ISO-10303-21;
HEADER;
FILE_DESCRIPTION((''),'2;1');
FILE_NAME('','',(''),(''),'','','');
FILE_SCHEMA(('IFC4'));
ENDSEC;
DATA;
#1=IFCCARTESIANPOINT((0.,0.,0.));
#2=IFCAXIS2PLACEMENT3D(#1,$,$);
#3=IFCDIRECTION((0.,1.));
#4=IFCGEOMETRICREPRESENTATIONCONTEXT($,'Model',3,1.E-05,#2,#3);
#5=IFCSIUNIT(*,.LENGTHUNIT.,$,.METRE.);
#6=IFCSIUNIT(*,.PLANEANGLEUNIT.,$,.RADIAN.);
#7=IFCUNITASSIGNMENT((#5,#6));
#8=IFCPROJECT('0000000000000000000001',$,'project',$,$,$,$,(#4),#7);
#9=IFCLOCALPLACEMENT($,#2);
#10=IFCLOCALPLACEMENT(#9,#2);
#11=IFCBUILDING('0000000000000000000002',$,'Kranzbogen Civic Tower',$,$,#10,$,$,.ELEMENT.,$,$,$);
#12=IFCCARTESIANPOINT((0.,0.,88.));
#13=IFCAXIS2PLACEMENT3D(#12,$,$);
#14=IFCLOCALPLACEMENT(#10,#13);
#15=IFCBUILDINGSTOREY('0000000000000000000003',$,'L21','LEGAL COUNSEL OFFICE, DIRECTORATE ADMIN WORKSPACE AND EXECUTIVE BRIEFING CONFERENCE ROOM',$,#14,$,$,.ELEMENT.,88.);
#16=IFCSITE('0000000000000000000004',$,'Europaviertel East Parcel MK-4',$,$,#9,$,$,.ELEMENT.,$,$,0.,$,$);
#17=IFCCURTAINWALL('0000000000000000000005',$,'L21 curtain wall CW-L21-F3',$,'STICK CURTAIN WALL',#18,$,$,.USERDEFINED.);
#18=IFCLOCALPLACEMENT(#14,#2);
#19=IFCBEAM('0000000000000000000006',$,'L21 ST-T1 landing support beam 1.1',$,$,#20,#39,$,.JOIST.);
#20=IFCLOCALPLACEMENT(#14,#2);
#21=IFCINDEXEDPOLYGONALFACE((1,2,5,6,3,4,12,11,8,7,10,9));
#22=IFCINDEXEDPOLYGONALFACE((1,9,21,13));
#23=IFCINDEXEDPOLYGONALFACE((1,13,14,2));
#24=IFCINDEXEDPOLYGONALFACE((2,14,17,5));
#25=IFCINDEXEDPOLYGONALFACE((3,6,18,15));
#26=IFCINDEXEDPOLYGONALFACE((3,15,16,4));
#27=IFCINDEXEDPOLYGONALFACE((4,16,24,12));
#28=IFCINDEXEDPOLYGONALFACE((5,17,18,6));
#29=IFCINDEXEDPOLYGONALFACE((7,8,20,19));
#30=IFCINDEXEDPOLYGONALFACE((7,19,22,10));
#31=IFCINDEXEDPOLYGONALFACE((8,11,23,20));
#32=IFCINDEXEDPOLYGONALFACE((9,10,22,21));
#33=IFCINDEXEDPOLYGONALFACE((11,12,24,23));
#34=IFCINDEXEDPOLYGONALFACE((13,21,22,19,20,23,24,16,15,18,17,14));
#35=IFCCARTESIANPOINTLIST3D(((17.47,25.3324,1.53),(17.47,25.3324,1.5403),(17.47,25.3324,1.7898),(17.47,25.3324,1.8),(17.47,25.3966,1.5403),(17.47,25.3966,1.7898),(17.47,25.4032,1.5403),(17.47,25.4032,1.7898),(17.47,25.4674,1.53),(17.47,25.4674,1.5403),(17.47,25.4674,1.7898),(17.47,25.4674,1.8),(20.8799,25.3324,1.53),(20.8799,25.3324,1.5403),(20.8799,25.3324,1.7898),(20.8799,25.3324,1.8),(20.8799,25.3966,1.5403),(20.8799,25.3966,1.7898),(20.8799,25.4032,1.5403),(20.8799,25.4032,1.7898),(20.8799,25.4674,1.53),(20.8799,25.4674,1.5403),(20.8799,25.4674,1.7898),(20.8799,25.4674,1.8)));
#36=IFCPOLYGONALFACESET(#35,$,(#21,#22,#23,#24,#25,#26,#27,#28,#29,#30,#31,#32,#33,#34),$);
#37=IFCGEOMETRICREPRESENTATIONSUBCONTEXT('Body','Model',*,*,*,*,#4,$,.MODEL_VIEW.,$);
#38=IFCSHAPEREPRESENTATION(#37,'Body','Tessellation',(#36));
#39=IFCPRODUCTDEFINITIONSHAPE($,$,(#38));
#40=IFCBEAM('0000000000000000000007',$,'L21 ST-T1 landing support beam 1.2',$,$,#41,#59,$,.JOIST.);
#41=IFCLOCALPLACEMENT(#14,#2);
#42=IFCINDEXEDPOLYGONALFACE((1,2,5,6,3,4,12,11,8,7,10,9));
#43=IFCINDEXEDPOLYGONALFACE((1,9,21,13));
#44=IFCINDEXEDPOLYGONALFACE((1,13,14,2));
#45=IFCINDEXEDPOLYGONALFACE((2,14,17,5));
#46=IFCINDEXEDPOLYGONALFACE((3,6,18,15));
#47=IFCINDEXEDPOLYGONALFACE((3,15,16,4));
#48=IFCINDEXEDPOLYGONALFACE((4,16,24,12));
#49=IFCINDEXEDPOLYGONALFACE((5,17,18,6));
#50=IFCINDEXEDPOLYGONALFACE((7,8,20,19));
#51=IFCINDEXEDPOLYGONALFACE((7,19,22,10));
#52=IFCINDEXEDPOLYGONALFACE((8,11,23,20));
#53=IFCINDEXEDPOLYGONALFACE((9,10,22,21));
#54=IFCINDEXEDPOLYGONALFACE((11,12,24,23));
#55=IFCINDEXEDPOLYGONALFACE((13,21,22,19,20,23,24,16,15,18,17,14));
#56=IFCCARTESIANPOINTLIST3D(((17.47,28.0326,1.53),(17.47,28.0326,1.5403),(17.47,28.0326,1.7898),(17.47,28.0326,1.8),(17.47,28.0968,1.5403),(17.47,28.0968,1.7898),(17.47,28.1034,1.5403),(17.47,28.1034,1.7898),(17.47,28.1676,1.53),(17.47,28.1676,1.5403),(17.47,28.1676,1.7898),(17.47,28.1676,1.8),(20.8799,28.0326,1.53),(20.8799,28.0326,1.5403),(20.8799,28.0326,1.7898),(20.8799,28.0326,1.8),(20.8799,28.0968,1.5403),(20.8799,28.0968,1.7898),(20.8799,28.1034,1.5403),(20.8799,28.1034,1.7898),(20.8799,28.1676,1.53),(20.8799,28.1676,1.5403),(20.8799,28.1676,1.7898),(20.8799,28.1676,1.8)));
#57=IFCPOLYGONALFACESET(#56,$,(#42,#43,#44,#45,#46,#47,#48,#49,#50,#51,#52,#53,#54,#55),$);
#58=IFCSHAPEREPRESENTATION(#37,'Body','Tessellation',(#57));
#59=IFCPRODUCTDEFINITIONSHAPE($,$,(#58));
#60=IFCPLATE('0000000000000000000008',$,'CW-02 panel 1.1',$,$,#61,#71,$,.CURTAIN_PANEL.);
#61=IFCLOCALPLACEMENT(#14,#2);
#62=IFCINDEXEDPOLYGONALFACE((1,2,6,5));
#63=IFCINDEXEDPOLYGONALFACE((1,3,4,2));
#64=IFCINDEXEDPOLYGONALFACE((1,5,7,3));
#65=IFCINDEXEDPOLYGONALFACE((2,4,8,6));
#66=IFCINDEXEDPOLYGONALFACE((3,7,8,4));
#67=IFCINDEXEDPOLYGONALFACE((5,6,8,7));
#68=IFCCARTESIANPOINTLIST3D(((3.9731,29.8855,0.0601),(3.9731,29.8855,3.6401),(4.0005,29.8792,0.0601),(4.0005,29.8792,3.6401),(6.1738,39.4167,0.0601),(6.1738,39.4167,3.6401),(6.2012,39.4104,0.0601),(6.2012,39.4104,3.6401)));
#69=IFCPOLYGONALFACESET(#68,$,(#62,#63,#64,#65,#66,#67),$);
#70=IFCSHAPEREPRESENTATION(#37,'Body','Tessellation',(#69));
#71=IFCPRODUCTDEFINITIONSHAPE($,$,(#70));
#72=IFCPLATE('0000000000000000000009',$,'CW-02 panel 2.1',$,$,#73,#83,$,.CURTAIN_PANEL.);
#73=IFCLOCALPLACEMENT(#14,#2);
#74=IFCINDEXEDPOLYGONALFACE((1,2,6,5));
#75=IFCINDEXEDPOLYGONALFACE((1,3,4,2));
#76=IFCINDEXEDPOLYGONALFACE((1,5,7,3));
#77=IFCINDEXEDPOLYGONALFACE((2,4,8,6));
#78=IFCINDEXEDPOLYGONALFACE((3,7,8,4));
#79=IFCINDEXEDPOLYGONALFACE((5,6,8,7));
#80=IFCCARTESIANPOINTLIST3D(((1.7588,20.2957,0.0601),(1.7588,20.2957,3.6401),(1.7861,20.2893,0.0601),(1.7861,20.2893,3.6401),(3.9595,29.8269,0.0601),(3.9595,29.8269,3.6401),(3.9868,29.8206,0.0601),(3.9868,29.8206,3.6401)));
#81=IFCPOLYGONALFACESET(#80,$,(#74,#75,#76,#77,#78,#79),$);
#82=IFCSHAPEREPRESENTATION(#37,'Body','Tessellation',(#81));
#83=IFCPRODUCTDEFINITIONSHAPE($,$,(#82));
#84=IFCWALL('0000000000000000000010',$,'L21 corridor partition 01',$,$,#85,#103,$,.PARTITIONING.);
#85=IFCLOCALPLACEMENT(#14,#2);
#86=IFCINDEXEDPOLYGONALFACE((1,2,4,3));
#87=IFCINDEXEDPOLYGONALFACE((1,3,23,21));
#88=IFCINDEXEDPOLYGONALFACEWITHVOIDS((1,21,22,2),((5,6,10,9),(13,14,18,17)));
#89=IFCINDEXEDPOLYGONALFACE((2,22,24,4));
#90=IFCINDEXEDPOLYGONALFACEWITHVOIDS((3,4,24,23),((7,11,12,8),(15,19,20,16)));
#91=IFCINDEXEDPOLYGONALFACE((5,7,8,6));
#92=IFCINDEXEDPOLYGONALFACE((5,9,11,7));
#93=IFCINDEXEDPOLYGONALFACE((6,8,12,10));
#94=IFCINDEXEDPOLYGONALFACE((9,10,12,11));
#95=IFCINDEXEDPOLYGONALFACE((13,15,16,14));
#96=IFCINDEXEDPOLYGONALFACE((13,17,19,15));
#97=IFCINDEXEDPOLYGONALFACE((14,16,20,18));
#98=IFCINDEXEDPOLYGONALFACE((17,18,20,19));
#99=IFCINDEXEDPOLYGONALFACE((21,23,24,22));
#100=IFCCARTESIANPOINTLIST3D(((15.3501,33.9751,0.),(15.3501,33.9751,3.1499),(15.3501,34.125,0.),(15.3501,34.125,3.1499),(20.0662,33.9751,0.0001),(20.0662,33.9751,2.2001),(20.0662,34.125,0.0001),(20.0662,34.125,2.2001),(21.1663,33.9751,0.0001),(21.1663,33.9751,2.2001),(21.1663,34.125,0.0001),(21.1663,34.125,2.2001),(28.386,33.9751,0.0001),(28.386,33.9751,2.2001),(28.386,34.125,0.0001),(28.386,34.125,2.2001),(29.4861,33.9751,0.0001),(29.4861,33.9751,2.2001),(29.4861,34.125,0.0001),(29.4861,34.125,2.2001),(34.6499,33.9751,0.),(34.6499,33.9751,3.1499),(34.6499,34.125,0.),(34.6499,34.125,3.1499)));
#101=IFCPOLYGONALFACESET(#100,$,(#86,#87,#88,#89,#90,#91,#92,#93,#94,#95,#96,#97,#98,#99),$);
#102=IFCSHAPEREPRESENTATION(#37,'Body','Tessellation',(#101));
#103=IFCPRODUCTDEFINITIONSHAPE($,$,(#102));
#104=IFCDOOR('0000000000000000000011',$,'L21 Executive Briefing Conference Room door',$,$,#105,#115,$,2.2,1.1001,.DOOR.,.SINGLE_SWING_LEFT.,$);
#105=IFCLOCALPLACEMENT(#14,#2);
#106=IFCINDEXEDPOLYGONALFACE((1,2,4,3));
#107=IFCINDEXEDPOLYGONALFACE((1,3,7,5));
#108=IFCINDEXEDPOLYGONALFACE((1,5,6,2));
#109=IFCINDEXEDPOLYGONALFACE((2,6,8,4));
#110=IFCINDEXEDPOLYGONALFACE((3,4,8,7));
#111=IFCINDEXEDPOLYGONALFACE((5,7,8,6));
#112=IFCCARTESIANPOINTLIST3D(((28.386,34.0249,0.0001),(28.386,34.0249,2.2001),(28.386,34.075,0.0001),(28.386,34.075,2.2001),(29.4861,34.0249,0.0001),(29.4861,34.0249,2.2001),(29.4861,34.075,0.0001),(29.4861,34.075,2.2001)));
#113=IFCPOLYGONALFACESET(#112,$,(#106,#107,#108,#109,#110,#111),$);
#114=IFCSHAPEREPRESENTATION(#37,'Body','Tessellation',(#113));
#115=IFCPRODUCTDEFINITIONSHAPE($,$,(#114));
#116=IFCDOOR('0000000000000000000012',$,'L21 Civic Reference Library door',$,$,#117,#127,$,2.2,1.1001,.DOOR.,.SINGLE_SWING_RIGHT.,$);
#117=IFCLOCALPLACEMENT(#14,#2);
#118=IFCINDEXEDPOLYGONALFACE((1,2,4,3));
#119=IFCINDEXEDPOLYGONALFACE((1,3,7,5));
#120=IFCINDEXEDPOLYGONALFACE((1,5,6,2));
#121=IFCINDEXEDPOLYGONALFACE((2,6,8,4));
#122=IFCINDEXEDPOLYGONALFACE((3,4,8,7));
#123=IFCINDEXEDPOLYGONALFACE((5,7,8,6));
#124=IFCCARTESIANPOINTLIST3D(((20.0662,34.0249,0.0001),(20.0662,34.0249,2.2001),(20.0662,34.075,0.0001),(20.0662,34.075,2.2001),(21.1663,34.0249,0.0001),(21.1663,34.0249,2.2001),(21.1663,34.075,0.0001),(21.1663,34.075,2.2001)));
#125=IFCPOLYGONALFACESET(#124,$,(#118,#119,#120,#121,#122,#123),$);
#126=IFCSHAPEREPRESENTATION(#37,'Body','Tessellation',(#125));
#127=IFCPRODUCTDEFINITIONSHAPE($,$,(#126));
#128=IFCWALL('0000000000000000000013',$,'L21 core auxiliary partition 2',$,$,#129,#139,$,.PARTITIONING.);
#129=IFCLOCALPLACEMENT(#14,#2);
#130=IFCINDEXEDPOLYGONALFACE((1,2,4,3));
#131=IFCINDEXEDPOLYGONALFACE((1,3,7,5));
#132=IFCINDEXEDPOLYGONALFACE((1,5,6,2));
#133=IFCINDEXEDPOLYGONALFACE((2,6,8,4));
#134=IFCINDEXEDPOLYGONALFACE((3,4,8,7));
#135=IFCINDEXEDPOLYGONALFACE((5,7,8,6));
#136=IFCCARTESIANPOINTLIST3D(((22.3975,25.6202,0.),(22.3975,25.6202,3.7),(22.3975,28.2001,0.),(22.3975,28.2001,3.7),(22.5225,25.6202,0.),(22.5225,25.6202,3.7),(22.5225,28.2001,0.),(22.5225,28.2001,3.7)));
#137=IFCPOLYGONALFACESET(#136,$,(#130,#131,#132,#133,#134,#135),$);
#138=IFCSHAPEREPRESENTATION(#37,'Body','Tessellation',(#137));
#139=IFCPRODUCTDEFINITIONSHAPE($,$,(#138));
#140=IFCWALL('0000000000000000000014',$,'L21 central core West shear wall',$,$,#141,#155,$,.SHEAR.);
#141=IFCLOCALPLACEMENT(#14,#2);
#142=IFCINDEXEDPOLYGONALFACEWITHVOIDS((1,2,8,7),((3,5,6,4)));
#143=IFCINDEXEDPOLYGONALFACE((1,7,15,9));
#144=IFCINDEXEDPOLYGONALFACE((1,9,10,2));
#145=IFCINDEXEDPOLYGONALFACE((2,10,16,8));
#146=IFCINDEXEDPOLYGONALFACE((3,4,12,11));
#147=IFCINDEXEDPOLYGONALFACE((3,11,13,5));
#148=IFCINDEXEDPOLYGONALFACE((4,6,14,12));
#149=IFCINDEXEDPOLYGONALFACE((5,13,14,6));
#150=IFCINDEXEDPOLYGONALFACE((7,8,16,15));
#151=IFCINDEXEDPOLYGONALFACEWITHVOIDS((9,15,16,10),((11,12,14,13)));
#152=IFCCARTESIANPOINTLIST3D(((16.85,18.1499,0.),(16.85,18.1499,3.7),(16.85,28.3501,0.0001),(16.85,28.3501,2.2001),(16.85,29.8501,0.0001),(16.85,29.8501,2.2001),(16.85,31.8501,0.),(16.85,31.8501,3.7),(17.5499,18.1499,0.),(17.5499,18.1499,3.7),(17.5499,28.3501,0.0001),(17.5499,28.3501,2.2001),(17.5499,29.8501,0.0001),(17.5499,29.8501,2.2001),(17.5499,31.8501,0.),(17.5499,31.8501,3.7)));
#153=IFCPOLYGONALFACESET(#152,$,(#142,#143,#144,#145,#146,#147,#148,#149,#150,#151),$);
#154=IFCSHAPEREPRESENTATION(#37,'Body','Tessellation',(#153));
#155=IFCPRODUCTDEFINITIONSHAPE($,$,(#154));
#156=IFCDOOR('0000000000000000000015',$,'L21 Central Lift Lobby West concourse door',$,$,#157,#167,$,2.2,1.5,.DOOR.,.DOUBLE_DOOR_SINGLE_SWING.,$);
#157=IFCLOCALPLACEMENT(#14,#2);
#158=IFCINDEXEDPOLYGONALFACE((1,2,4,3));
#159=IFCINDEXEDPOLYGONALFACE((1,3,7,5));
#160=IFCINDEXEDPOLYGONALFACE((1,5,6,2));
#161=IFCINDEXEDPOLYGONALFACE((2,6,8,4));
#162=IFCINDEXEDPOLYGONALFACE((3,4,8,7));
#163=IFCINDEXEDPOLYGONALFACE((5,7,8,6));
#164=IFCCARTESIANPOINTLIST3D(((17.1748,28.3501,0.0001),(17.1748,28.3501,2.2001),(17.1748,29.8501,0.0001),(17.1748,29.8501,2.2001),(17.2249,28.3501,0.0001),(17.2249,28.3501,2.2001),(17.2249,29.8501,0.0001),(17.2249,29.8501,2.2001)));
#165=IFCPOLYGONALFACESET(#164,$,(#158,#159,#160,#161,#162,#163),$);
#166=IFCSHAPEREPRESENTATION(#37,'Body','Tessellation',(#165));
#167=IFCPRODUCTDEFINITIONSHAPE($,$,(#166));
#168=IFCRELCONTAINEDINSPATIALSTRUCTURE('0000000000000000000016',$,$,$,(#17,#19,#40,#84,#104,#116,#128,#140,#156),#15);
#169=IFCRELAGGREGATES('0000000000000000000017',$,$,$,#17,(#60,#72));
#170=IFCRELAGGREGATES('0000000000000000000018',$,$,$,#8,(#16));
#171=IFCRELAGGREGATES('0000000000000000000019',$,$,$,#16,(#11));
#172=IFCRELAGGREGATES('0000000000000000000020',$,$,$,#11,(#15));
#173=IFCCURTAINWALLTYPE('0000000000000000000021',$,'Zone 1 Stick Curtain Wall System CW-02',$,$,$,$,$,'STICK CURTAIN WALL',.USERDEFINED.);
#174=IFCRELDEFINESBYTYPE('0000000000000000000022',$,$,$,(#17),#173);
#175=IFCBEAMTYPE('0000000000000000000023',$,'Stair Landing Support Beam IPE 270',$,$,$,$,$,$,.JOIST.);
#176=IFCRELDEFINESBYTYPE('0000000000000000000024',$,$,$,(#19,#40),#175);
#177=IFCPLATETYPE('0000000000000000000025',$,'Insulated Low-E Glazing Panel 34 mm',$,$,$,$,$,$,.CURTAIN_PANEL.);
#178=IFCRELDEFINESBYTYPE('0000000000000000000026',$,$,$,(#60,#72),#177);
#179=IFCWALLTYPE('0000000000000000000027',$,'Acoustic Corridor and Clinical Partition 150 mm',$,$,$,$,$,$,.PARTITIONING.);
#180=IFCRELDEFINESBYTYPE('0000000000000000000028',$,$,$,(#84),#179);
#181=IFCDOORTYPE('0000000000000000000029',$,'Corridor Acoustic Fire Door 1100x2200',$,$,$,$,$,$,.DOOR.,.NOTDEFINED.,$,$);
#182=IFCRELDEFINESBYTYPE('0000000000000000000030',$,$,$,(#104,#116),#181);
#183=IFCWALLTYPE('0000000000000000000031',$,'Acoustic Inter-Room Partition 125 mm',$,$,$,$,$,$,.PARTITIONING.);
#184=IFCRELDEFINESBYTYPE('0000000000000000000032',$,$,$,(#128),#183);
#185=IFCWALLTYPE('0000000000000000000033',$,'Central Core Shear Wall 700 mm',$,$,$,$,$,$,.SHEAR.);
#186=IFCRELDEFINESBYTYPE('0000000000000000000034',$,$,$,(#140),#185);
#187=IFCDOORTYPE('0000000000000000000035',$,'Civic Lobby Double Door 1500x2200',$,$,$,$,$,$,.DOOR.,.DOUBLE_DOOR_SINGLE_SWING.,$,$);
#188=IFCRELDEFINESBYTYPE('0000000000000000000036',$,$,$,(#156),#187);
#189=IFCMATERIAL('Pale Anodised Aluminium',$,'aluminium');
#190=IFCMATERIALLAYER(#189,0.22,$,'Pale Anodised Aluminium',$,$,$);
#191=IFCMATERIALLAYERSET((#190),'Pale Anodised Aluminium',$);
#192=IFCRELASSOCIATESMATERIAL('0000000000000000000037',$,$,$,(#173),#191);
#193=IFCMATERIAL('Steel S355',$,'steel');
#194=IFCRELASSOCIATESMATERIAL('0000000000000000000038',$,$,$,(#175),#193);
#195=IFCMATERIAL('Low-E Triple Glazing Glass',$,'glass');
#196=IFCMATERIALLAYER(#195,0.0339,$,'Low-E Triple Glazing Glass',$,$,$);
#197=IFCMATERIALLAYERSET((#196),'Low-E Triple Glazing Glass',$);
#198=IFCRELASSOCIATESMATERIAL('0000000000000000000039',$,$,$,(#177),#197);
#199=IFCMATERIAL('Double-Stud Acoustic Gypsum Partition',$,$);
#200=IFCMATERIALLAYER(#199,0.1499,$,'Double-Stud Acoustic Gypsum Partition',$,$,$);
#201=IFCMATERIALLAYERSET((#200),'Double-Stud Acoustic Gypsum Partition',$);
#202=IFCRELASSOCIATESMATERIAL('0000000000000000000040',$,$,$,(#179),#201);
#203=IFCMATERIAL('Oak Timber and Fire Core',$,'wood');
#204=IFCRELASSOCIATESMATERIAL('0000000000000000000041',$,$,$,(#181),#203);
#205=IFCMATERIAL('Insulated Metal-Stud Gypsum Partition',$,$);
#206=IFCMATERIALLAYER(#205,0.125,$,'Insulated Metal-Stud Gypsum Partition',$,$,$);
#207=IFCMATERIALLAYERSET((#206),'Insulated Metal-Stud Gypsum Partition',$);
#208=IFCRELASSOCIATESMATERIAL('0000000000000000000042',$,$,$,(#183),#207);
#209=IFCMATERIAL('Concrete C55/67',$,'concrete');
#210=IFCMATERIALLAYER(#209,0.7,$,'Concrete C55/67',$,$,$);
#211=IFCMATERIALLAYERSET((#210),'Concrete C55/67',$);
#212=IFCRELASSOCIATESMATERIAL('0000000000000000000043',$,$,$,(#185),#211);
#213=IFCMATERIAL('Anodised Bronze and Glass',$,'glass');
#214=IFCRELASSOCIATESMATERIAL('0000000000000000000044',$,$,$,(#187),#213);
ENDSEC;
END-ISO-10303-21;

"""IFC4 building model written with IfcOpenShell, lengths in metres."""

from ifc_helpers import new_model, si_unit, direction, frame, frame_2d, origin, origin_2d, place, context, subcontext, project, spatial, rectangle, i_section, extrude, material, layer, layer_set, material_profile, profile_set, type_object, element, fill, aggregate, save


model = new_model("IFC4")

# Units and contexts
model_context = context("Model", 3, precision=1e-05, world=origin(), true_north=direction((0.0, 1.0)))
body_context = subcontext(model_context, "Body", "Model", "MODEL_VIEW")
ifc_project = project(units=[si_unit("LENGTHUNIT", "METRE"), si_unit("PLANEANGLEUNIT", "RADIAN")], contexts=[model_context])

# Site, building, storey
site_placement = place(None, origin())
site = spatial("IfcSite", under=ifc_project, at=site_placement, Name="Europaviertel East Parcel MK-4", CompositionType="ELEMENT", RefElevation=0.0)
building_placement = place(site_placement, origin())
building = spatial("IfcBuilding", under=site, at=building_placement, Name="Kranzbogen Civic Tower", CompositionType="ELEMENT")
storey_placement = place(building_placement, frame((0.0, 0.0, 88.0)))
storey = spatial("IfcBuildingStorey", under=building, at=storey_placement, Name="L21", Description="LEGAL COUNSEL OFFICE, DIRECTORATE ADMIN WORKSPACE AND EXECUTIVE BRIEFING CONFERENCE ROOM", CompositionType="ELEMENT", Elevation=88.0)

# Shared definitions
ifc_material_1 = material(Name="Steel S355", Category="steel")

# Curtain wall
ifc_material_2 = material(Name="Pale Anodised Aluminium", Category="aluminium")
ifc_layer_1 = layer(ifc_material_2, 0.22, Name="Pale Anodised Aluminium")
ifc_layer_set_1 = layer_set([ifc_layer_1], Name="Pale Anodised Aluminium")
curtain_wall_type = type_object("IfcCurtainWallType", Name="Zone 1 Stick Curtain Wall System CW-02", ElementType="STICK CURTAIN WALL", PredefinedType="USERDEFINED", material=ifc_layer_set_1)
curtain_wall_placement = place(storey_placement, origin())
curtain_wall = element("IfcCurtainWall", 1, at=curtain_wall_placement, inside=storey, type_object=curtain_wall_type, Name="L21 curtain wall CW-L21-F3", ObjectType="STICK CURTAIN WALL", PredefinedType="USERDEFINED")

# Beams
ifc_material_profile_1 = material_profile(ifc_material_1, i_section(OverallWidth=0.135, OverallDepth=0.27, WebThickness=0.0066, FlangeThickness=0.0103, at=origin_2d()), Name="IPE 270")
ifc_profile_set_1 = profile_set([ifc_material_profile_1], Name="Steel S355")
beam_type_1 = type_object("IfcBeamType", Name="Stair Landing Support Beam IPE 270", PredefinedType="JOIST", material=ifc_profile_set_1)
for number, where, z_axis, x_axis, name in (
    (2, (20.8799, 25.3999, 1.665), (-1.0, 0.0, 0.0), (0.0, -1.0, 0.0), "L21 ST-T1 landing support beam 1.1"),
    (3, (20.8799, 28.1001, 1.665), (-1.0, 0.0, 0.0), (0.0, -1.0, 0.0), "L21 ST-T1 landing support beam 1.2"),
):
    element("IfcBeam", number, at=place(storey_placement, frame(where, z_axis=z_axis, x_axis=x_axis)), inside=storey, type_object=beam_type_1, Name=name, PredefinedType="JOIST", context=body_context, shape_type="SweptSolid", body=[
        extrude(i_section(OverallWidth=0.135, OverallDepth=0.27, WebThickness=0.0066, FlangeThickness=0.0103, at=origin_2d()), origin(), (0.0, 0.0, 1.0), 3.4099),
    ])

# Plates
ifc_material_3 = material(Name="Low-E Triple Glazing Glass", Category="glass")
ifc_layer_2 = layer(ifc_material_3, 0.0339, Name="Low-E Triple Glazing Glass")
ifc_layer_set_2 = layer_set([ifc_layer_2], Name="Low-E Triple Glazing Glass")
plate_type = type_object("IfcPlateType", Name="Insulated Low-E Glazing Panel 34 mm", PredefinedType="CURTAIN_PANEL", material=ifc_layer_set_2)
plate_1_placement = place(storey_placement, frame((5.0872, 34.6479, 0.0601), z_axis=(0.0, 0.0, 1.0), x_axis=(-0.224978, -0.974364, 0.0)))
plate_1 = element("IfcPlate", 4, at=plate_1_placement, type_object=plate_type, Name="CW-02 panel 1.1", PredefinedType="CURTAIN_PANEL", context=body_context, shape_type="SweptSolid", body=[
    extrude(rectangle(XDim=9.782, YDim=0.0281, at=origin_2d()), origin(), (0.0, 0.0, 1.0), 3.5801),
])
plate_2_placement = place(storey_placement, frame((2.8728, 25.0581, 0.0601), z_axis=(0.0, 0.0, 1.0), x_axis=(-0.224978, -0.974364, 0.0)))
plate_2 = element("IfcPlate", 5, at=plate_2_placement, type_object=plate_type, Name="CW-02 panel 2.1", PredefinedType="CURTAIN_PANEL", context=body_context, shape_type="SweptSolid", body=[
    extrude(rectangle(XDim=9.782, YDim=0.0281, at=origin_2d()), origin(), (0.0, 0.0, 1.0), 3.5801),
])
aggregate(curtain_wall, [plate_1, plate_2])

# Wall, openings, doors
ifc_material_4 = material(Name="Double-Stud Acoustic Gypsum Partition")
ifc_layer_3 = layer(ifc_material_4, 0.1499, Name="Double-Stud Acoustic Gypsum Partition")
ifc_layer_set_3 = layer_set([ifc_layer_3], Name="Double-Stud Acoustic Gypsum Partition")
wall_type_1 = type_object("IfcWallType", Name="Acoustic Corridor and Clinical Partition 150 mm", PredefinedType="PARTITIONING", material=ifc_layer_set_3)
wall_1_placement = place(storey_placement, frame((15.3501, 34.05, 0.0), z_axis=(0.0, 0.0, 1.0), x_axis=(1.0, 0.0, 0.0)))
wall_1 = element("IfcWall", 6, at=wall_1_placement, inside=storey, type_object=wall_type_1, Name="L21 corridor partition 01", PredefinedType="PARTITIONING", context=body_context, shape_type="SweptSolid", body=[
    extrude(rectangle(XDim=19.2998, YDim=0.1499, at=frame_2d((9.6499, 0.0))), origin(), (0.0, 0.0, 1.0), 3.1499),
])
opening_1_placement = place(wall_1_placement, frame((13.0359, 0.0, 0.0)))
opening_1 = element("IfcOpeningElement", 7, at=opening_1_placement, cuts=wall_1, PredefinedType="OPENING", context=body_context, shape_type="SweptSolid", body=[
    extrude(rectangle(XDim=1.1001, YDim=2.2, at=frame_2d((0.55, 1.1001))), frame((0.0, 0.085, 0.0), z_axis=(0.0, -1.0, 0.0), x_axis=(1.0, 0.0, 0.0)), (0.0, 0.0, 1.0), 0.1699),
])
opening_2_placement = place(wall_1_placement, frame((4.7161, 0.0, 0.0)))
opening_2 = element("IfcOpeningElement", 8, at=opening_2_placement, cuts=wall_1, PredefinedType="OPENING", context=body_context, shape_type="SweptSolid", body=[
    extrude(rectangle(XDim=1.1001, YDim=2.2, at=frame_2d((0.55, 1.1001))), frame((0.0, 0.085, 0.0), z_axis=(0.0, -1.0, 0.0), x_axis=(1.0, 0.0, 0.0)), (0.0, 0.0, 1.0), 0.1699),
])
ifc_material_5 = material(Name="Oak Timber and Fire Core", Category="wood")
door_type_1 = type_object("IfcDoorType", Name="Corridor Acoustic Fire Door 1100x2200", OperationType="NOTDEFINED", PredefinedType="DOOR", material=ifc_material_5)
door_1_placement = place(opening_1_placement, origin())
door_1 = element("IfcDoor", 9, at=door_1_placement, inside=storey, type_object=door_type_1, Name="L21 Executive Briefing Conference Room door", OperationType="SINGLE_SWING_LEFT", OverallHeight=2.2, OverallWidth=1.1001, PredefinedType="DOOR", context=body_context, shape_type="SweptSolid", body=[
    extrude(rectangle(XDim=1.1001, YDim=2.2, at=frame_2d((0.55, 1.1001))), frame((0.0, 0.0249, 0.0), z_axis=(0.0, -1.0, 0.0), x_axis=(1.0, 0.0, 0.0)), (0.0, 0.0, 1.0), 0.05),
])
fill(opening_1, door_1)
door_2_placement = place(opening_2_placement, origin())
door_2 = element("IfcDoor", 10, at=door_2_placement, inside=storey, type_object=door_type_1, Name="L21 Civic Reference Library door", OperationType="SINGLE_SWING_RIGHT", OverallHeight=2.2, OverallWidth=1.1001, PredefinedType="DOOR", context=body_context, shape_type="SweptSolid", body=[
    extrude(rectangle(XDim=1.1001, YDim=2.2, at=frame_2d((0.55, 1.1001))), frame((0.0, 0.0249, 0.0), z_axis=(0.0, -1.0, 0.0), x_axis=(1.0, 0.0, 0.0)), (0.0, 0.0, 1.0), 0.05),
])
fill(opening_2, door_2)

# Shared definitions
ifc_material_6 = material(Name="Insulated Metal-Stud Gypsum Partition")
ifc_layer_4 = layer(ifc_material_6, 0.125, Name="Insulated Metal-Stud Gypsum Partition")
ifc_layer_set_4 = layer_set([ifc_layer_4], Name="Insulated Metal-Stud Gypsum Partition")
wall_type_2 = type_object("IfcWallType", Name="Acoustic Inter-Room Partition 125 mm", PredefinedType="PARTITIONING", material=ifc_layer_set_4)

# Wall
wall_2_placement = place(storey_placement, frame((22.46, 25.6201, 0.0), z_axis=(0.0, 0.0, 1.0), x_axis=(0.0, 1.0, 0.0)))
element("IfcWall", 11, at=wall_2_placement, inside=storey, type_object=wall_type_2, Name="L21 core auxiliary partition 2", PredefinedType="PARTITIONING", context=body_context, shape_type="SweptSolid", body=[
    extrude(rectangle(XDim=2.5798, YDim=0.125, at=frame_2d((1.29, 0.0))), origin(), (0.0, 0.0, 1.0), 3.7),
])

# Wall, opening, door
ifc_material_7 = material(Name="Concrete C55/67", Category="concrete")
ifc_layer_5 = layer(ifc_material_7, 0.7, Name="Concrete C55/67")
ifc_layer_set_5 = layer_set([ifc_layer_5], Name="Concrete C55/67")
wall_type_3 = type_object("IfcWallType", Name="Central Core Shear Wall 700 mm", PredefinedType="SHEAR", material=ifc_layer_set_5)
wall_3_placement = place(storey_placement, frame((17.2, 31.8501, 0.0), z_axis=(0.0, 0.0, 1.0), x_axis=(0.0, -1.0, 0.0)))
wall_3 = element("IfcWall", 12, at=wall_3_placement, inside=storey, type_object=wall_type_3, Name="L21 central core West shear wall", PredefinedType="SHEAR", context=body_context, shape_type="SweptSolid", body=[
    extrude(rectangle(XDim=13.7002, YDim=0.7, at=frame_2d((6.8501, 0.0))), origin(), (0.0, 0.0, 1.0), 3.7),
])
opening_3_placement = place(wall_3_placement, frame((2.0, 0.0, 0.0)))
opening_3 = element("IfcOpeningElement", 13, at=opening_3_placement, cuts=wall_3, PredefinedType="OPENING", context=body_context, shape_type="SweptSolid", body=[
    extrude(rectangle(XDim=1.5, YDim=2.2, at=frame_2d((0.75, 1.1001))), frame((0.0, 0.3599, 0.0), z_axis=(0.0, -1.0, 0.0), x_axis=(1.0, 0.0, 0.0)), (0.0, 0.0, 1.0), 0.72),
])
ifc_material_8 = material(Name="Anodised Bronze and Glass", Category="glass")
door_type_2 = type_object("IfcDoorType", Name="Civic Lobby Double Door 1500x2200", OperationType="DOUBLE_DOOR_SINGLE_SWING", PredefinedType="DOOR", material=ifc_material_8)
door_3_placement = place(opening_3_placement, origin())
door_3 = element("IfcDoor", 14, at=door_3_placement, inside=storey, type_object=door_type_2, Name="L21 Central Lift Lobby West concourse door", OperationType="DOUBLE_DOOR_SINGLE_SWING", OverallHeight=2.2, OverallWidth=1.5, PredefinedType="DOOR", context=body_context, shape_type="SweptSolid", body=[
    extrude(rectangle(XDim=1.5, YDim=2.2, at=frame_2d((0.75, 1.1001))), frame((0.0, 0.0249, 0.0), z_axis=(0.0, -1.0, 0.0), x_axis=(1.0, 0.0, 0.0)), (0.0, 0.0, 1.0), 0.05),
])
fill(opening_3, door_3)

save(model, "model.ifc")
